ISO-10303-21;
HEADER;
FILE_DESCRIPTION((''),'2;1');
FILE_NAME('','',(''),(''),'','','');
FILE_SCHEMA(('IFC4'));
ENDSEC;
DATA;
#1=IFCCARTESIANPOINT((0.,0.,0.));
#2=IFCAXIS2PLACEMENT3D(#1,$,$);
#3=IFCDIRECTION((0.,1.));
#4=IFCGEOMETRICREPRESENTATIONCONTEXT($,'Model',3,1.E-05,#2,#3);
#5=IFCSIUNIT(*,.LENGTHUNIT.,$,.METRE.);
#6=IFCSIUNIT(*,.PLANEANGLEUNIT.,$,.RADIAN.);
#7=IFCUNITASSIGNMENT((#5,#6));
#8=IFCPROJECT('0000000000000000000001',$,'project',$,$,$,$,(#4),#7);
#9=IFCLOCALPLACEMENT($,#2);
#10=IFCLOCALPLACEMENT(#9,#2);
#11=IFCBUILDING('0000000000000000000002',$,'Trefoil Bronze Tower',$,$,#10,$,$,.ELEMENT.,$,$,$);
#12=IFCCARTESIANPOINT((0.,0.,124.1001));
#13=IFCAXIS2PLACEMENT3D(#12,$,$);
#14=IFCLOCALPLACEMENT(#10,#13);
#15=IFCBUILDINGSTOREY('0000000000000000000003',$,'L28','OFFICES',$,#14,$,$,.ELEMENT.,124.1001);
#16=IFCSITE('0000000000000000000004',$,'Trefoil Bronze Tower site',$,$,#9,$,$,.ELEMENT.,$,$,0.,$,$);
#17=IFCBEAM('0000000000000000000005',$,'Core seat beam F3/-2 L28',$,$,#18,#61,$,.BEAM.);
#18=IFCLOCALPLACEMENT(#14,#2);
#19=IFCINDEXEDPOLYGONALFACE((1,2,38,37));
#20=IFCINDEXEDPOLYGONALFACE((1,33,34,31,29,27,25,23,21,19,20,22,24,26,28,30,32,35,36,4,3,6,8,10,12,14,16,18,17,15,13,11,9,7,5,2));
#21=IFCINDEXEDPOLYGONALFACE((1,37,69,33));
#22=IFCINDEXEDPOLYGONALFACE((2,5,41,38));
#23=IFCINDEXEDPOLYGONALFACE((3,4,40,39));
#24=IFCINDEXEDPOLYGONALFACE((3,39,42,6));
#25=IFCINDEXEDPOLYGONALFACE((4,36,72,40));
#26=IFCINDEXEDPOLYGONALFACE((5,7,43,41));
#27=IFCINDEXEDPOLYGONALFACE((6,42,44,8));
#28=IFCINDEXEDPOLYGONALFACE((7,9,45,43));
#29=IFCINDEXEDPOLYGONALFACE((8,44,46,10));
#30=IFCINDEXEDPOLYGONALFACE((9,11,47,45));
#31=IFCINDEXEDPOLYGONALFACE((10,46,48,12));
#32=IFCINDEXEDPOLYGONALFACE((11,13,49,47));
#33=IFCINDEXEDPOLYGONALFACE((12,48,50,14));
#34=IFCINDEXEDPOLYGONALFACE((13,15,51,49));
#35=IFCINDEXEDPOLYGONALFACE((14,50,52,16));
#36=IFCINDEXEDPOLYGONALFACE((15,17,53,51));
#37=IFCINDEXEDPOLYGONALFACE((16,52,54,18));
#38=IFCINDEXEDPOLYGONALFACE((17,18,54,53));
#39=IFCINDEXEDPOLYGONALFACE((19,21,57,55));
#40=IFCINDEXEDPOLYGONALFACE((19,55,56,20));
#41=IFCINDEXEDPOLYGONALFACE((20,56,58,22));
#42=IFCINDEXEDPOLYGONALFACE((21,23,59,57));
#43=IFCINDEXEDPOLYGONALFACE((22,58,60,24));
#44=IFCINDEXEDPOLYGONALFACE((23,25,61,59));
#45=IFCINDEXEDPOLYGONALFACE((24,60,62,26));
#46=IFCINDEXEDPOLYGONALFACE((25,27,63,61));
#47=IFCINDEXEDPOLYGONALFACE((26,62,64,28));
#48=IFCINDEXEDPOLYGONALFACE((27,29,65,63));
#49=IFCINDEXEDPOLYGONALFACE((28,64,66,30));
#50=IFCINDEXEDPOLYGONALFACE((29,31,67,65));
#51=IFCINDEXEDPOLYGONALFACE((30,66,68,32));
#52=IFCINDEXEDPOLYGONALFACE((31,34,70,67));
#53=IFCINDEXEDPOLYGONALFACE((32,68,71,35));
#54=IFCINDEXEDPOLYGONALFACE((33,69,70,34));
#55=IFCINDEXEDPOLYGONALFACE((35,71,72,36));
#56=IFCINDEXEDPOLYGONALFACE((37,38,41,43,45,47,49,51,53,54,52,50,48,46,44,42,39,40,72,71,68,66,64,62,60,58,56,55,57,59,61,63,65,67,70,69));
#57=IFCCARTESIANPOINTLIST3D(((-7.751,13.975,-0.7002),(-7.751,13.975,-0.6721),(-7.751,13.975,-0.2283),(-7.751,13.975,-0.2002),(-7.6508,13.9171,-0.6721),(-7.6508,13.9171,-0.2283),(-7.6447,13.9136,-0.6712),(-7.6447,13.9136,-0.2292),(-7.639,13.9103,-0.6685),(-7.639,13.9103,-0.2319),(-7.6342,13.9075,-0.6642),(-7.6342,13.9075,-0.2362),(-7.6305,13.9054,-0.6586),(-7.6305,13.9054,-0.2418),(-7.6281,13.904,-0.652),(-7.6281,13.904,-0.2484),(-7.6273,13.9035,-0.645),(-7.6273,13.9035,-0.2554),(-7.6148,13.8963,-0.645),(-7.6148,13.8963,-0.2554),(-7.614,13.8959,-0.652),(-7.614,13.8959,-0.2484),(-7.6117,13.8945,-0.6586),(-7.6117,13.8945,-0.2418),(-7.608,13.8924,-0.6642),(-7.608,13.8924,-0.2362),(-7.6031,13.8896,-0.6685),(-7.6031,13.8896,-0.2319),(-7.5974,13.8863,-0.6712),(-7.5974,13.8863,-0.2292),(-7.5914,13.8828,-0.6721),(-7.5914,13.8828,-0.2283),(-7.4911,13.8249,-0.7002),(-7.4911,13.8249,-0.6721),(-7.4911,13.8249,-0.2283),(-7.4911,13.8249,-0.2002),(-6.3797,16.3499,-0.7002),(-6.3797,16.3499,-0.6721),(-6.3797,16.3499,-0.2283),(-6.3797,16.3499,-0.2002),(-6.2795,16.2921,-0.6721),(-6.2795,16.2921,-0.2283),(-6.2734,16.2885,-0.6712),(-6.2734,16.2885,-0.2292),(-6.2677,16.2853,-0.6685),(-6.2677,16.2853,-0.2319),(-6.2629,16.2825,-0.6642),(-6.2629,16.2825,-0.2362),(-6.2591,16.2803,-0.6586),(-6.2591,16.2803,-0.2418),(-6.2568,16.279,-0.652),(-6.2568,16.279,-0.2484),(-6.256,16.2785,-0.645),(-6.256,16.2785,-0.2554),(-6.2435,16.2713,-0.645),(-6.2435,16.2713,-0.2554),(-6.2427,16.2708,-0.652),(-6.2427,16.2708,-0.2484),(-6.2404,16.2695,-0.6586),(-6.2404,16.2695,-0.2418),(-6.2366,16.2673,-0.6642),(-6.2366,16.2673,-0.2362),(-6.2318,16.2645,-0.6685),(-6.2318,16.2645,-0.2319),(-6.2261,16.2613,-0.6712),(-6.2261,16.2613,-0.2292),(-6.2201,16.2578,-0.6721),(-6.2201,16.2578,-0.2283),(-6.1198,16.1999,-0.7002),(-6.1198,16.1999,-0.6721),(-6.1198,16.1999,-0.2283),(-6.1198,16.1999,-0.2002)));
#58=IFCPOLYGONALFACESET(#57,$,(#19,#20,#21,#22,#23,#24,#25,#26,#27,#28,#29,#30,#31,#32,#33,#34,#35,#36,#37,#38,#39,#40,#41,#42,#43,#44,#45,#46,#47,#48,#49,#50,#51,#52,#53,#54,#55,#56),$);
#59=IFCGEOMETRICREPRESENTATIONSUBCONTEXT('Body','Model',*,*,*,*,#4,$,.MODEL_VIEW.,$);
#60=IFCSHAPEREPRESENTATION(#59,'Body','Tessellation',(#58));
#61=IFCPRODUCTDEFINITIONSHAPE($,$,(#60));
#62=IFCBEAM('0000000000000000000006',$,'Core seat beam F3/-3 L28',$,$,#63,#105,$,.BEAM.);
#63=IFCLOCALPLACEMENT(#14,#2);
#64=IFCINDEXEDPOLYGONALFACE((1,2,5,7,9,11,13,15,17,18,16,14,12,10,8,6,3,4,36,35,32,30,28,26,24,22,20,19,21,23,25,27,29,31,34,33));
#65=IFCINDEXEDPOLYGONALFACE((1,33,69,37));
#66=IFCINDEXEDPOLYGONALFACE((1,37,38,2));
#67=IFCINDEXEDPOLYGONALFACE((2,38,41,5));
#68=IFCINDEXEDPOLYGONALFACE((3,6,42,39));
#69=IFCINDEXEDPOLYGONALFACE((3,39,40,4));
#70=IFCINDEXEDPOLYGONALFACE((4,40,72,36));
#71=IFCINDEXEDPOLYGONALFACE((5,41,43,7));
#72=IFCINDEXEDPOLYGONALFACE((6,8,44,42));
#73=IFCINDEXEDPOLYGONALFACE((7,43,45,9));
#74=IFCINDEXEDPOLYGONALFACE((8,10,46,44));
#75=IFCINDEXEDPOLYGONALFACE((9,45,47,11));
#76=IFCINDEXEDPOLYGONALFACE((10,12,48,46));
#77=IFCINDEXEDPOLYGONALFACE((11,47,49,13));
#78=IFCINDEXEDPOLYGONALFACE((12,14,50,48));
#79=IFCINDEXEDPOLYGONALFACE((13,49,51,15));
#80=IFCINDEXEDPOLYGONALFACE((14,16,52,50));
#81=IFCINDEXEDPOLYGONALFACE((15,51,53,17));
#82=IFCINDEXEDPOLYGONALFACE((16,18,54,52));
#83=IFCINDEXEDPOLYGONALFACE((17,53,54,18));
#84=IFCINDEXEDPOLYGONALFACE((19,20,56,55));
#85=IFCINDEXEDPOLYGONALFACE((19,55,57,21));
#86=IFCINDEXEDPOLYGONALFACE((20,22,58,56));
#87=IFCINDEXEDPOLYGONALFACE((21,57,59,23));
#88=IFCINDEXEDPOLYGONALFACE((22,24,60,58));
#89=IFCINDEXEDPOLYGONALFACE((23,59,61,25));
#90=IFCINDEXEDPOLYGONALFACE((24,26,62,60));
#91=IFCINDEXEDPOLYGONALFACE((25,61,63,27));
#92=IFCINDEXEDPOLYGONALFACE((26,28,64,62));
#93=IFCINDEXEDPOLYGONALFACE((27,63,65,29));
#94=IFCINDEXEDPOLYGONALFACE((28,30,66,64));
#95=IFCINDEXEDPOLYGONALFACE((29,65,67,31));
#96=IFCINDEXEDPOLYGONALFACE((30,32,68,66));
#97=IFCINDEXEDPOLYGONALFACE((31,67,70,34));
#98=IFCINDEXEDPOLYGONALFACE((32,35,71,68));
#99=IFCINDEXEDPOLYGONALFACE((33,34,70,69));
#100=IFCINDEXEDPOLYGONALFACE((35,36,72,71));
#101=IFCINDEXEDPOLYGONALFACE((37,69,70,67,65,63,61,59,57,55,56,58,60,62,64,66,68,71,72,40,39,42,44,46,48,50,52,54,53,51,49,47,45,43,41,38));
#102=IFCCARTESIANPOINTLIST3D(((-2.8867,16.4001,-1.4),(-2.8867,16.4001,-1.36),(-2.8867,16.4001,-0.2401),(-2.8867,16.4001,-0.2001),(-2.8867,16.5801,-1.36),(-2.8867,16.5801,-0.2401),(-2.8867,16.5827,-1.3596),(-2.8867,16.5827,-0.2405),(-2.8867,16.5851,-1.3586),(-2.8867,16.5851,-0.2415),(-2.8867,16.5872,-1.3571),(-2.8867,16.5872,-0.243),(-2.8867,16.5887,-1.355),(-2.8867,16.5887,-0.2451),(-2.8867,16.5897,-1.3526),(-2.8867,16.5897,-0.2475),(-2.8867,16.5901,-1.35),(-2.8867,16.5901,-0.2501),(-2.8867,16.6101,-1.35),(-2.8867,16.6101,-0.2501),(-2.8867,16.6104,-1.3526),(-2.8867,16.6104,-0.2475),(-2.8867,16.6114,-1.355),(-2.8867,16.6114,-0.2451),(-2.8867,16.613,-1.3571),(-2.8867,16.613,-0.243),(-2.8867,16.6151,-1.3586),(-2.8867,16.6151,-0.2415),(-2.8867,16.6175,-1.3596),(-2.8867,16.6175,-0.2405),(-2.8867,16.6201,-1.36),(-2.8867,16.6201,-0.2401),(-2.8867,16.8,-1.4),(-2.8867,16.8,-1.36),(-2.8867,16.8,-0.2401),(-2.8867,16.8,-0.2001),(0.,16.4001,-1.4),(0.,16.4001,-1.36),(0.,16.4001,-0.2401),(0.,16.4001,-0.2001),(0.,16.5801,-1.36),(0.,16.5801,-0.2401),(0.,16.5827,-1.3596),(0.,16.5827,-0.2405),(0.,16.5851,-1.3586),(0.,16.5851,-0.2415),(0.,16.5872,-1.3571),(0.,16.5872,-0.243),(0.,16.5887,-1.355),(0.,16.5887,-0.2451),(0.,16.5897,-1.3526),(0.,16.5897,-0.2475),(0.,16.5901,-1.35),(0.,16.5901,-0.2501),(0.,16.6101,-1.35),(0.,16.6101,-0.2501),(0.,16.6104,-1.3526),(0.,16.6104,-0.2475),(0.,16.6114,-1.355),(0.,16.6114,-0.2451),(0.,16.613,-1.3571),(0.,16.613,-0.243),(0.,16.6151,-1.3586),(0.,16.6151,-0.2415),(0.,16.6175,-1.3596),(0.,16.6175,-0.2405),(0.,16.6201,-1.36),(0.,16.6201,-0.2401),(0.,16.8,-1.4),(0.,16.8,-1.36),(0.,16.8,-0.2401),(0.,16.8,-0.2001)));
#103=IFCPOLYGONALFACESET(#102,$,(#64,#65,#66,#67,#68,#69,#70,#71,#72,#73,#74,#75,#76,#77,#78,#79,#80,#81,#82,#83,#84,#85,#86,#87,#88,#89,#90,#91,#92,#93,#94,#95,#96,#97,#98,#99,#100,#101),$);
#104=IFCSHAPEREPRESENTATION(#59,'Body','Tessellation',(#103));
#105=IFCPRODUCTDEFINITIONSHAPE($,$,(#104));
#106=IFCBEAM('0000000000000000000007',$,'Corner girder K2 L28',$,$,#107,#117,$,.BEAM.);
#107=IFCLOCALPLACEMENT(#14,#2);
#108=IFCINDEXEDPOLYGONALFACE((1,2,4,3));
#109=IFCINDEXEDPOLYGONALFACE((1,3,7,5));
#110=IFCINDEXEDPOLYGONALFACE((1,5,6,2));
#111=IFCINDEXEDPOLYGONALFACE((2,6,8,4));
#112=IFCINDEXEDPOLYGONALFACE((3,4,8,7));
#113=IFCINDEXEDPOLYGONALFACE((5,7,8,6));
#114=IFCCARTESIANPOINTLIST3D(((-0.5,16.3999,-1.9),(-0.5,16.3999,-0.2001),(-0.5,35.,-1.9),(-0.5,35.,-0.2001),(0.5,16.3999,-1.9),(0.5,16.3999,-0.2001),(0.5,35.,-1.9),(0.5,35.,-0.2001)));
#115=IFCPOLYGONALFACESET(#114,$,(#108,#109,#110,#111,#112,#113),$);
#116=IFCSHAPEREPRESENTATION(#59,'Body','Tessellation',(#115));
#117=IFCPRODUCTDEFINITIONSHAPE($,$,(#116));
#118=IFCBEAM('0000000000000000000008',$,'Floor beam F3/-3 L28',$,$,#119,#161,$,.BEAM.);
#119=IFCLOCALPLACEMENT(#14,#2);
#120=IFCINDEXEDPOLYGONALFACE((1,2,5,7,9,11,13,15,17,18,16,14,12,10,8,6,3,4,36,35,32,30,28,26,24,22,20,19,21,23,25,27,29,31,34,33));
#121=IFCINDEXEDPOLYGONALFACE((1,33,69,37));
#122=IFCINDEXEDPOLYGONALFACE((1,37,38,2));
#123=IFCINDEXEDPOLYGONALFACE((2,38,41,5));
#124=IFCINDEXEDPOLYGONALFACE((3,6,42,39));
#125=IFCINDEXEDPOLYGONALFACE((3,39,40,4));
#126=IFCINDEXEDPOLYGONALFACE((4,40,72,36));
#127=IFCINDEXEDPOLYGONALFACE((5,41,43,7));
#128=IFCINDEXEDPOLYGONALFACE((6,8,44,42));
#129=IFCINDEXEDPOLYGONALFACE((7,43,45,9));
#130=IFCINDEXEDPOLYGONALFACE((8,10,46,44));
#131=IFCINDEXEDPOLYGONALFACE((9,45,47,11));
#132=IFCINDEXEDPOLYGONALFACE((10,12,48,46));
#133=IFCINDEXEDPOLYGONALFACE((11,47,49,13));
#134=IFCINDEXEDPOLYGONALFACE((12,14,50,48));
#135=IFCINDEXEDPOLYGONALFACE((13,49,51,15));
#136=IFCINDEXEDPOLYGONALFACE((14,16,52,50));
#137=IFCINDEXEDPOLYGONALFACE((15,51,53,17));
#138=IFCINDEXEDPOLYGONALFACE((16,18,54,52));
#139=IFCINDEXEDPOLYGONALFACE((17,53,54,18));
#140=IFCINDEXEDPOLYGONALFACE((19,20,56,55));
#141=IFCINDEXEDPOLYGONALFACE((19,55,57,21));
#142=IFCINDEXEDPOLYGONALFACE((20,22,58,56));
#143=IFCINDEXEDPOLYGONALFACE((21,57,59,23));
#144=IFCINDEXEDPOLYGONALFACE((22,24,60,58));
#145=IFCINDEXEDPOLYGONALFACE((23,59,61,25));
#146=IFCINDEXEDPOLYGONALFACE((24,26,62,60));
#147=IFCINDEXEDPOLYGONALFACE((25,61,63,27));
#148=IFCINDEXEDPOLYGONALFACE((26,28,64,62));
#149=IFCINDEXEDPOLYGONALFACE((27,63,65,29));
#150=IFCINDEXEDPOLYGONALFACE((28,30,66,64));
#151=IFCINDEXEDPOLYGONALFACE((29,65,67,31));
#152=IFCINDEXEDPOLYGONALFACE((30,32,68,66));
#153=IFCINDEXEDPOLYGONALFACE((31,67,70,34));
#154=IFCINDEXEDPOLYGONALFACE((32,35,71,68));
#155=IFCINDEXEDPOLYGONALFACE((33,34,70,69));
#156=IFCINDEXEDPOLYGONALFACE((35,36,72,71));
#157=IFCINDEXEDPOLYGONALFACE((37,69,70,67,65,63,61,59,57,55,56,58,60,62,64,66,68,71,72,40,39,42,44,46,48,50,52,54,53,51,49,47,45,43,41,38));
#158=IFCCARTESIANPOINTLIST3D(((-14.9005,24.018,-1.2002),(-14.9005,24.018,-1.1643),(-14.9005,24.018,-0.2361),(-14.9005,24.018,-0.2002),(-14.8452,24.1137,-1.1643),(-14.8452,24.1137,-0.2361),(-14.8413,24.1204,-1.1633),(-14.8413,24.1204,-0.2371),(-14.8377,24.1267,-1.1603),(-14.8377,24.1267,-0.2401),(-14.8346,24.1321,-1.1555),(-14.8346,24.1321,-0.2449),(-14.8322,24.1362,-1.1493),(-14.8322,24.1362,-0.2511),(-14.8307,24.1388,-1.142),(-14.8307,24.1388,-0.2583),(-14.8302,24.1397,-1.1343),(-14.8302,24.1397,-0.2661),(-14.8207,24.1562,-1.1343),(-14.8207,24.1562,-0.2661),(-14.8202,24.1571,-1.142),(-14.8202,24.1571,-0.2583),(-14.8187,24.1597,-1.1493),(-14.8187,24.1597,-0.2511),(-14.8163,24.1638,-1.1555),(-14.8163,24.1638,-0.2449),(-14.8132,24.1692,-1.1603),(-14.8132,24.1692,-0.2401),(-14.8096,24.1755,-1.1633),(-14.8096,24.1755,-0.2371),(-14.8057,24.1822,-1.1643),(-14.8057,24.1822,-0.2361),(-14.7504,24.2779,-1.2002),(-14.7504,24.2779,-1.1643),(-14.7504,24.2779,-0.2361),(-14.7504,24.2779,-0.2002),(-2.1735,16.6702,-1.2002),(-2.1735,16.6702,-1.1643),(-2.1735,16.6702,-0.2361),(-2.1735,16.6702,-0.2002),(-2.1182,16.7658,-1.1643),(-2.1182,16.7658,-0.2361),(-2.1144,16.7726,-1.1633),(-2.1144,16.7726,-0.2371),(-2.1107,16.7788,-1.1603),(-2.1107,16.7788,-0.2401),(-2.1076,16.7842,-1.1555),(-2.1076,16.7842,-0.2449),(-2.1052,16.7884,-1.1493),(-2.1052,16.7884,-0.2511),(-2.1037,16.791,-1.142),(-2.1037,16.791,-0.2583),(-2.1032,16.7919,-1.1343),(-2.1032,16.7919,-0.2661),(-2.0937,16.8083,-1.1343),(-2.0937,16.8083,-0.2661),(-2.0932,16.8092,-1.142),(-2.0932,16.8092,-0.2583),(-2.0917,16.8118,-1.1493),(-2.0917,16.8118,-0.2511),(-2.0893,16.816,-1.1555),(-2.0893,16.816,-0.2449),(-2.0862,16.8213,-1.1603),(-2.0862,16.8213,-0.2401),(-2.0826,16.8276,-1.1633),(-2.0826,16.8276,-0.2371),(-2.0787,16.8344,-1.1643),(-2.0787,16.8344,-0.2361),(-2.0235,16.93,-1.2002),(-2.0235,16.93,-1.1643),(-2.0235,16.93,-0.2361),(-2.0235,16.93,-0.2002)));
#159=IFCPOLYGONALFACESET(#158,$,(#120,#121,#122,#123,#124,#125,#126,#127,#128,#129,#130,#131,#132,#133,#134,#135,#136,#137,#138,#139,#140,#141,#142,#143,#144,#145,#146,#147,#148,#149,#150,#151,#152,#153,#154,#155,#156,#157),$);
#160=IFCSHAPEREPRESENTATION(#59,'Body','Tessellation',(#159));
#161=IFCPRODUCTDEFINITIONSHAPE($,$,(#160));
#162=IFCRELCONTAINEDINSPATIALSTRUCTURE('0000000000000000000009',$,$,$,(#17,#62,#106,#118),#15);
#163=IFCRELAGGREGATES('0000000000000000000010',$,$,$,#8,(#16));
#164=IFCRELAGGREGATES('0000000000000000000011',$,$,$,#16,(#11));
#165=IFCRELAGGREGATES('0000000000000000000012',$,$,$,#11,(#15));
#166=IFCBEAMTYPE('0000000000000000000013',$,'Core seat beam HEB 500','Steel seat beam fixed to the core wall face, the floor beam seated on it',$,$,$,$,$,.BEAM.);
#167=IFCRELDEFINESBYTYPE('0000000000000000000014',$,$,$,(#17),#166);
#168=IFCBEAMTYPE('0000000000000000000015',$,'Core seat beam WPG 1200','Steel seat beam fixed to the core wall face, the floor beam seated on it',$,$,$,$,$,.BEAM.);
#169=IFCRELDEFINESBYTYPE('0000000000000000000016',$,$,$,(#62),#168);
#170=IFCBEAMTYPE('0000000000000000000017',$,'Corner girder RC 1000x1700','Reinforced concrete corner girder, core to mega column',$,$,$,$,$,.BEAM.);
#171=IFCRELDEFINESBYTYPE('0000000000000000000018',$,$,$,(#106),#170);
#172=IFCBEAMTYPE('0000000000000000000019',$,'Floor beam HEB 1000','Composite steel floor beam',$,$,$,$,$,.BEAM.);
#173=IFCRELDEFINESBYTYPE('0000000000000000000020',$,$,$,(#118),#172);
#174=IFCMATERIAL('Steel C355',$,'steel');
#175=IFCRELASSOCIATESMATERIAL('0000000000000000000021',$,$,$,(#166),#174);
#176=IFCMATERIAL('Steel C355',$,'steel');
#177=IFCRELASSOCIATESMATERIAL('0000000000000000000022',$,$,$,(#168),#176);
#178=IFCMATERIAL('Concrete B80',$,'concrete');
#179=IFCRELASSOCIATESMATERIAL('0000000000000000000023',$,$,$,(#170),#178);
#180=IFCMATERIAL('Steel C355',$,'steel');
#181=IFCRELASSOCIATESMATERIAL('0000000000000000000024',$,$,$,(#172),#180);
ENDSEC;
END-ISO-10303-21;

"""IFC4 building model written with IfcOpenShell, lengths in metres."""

from ifc_helpers import new_model, si_unit, direction, frame, origin, origin_2d, place, context, subcontext, project, spatial, rectangle, i_section, extrude, material, material_profile, profile_set, type_object, element, save


model = new_model("IFC4")

# Units and contexts
model_context = context("Model", 3, precision=1e-05, world=origin(), true_north=direction((0.0, 1.0)))
body_context = subcontext(model_context, "Body", "Model", "MODEL_VIEW")
ifc_project = project(units=[si_unit("LENGTHUNIT", "METRE"), si_unit("PLANEANGLEUNIT", "RADIAN")], contexts=[model_context])

# Site, building, storey
site_placement = place(None, origin())
site = spatial("IfcSite", under=ifc_project, at=site_placement, Name="Trefoil Bronze Tower site", CompositionType="ELEMENT", RefElevation=0.0)
building_placement = place(site_placement, origin())
building = spatial("IfcBuilding", under=site, at=building_placement, Name="Trefoil Bronze Tower", CompositionType="ELEMENT")
storey_placement = place(building_placement, frame((0.0, 0.0, 124.1001)))
storey = spatial("IfcBuildingStorey", under=building, at=storey_placement, Name="L28", Description="OFFICES", CompositionType="ELEMENT", Elevation=124.1001)

# Beams
ifc_material_1 = material(Name="Steel C355", Category="steel")
ifc_material_profile_1 = material_profile(ifc_material_1, i_section(OverallWidth=0.3, OverallDepth=0.5, WebThickness=0.0144, FlangeThickness=0.0281, FilletRadius=0.0271, at=origin_2d()), Name="HEB 500")
ifc_profile_set_1 = profile_set([ifc_material_profile_1], Name="Steel C355")
beam_type_1 = type_object("IfcBeamType", Name="Core seat beam HEB 500", Description="Steel seat beam fixed to the core wall face, the floor beam seated on it", PredefinedType="BEAM", material=ifc_profile_set_1)
beam_1_placement = place(storey_placement, frame((-6.2498, 16.2749, -0.4502), z_axis=(-0.500036, -0.866005, 0.0), x_axis=(0.866005, -0.500036, 0.0)))
element("IfcBeam", 1, at=beam_1_placement, inside=storey, type_object=beam_type_1, Name="Core seat beam F3/-2 L28", PredefinedType="BEAM", context=body_context, shape_type="SweptSolid", body=[
    extrude(i_section(OverallWidth=0.3, OverallDepth=0.5, WebThickness=0.0144, FlangeThickness=0.0281, FilletRadius=0.0271, at=origin_2d()), origin(), (0.0, 0.0, 1.0), 2.7424),
])
ifc_material_2 = material(Name="Steel C355", Category="steel")
ifc_material_profile_2 = material_profile(ifc_material_2, i_section(OverallWidth=0.3999, OverallDepth=1.2, WebThickness=0.02, FlangeThickness=0.04, FilletRadius=0.01, at=origin_2d()), Name="WPG 1200")
ifc_profile_set_2 = profile_set([ifc_material_profile_2], Name="Steel C355")
beam_type_2 = type_object("IfcBeamType", Name="Core seat beam WPG 1200", Description="Steel seat beam fixed to the core wall face, the floor beam seated on it", PredefinedType="BEAM", material=ifc_profile_set_2)
beam_2_placement = place(storey_placement, frame((0.0, 16.6001, -0.8), z_axis=(-1.0, 0.0, 0.0), x_axis=(0.0, -1.0, 0.0)))
element("IfcBeam", 2, at=beam_2_placement, inside=storey, type_object=beam_type_2, Name="Core seat beam F3/-3 L28", PredefinedType="BEAM", context=body_context, shape_type="SweptSolid", body=[
    extrude(i_section(OverallWidth=0.3999, OverallDepth=1.2, WebThickness=0.02, FlangeThickness=0.04, FilletRadius=0.01, at=origin_2d()), origin(), (0.0, 0.0, 1.0), 2.8867),
])
ifc_material_3 = material(Name="Concrete B80", Category="concrete")
ifc_material_profile_3 = material_profile(ifc_material_3, rectangle(XDim=1.0, YDim=1.7, at=origin_2d()), Name="RC 1000x1700")
ifc_profile_set_3 = profile_set([ifc_material_profile_3], Name="Concrete B80")
beam_type_3 = type_object("IfcBeamType", Name="Corner girder RC 1000x1700", Description="Reinforced concrete corner girder, core to mega column", PredefinedType="BEAM", material=ifc_profile_set_3)
beam_3_placement = place(storey_placement, frame((0.0, 16.3999, -1.05), z_axis=(0.0, 1.0, 0.0), x_axis=(-1.0, 0.0, 0.0)))
element("IfcBeam", 3, at=beam_3_placement, inside=storey, type_object=beam_type_3, Name="Corner girder K2 L28", PredefinedType="BEAM", context=body_context, shape_type="SweptSolid", body=[
    extrude(rectangle(XDim=1.0, YDim=1.7, at=origin_2d()), origin(), (0.0, 0.0, 1.0), 18.6001),
])
ifc_material_4 = material(Name="Steel C355", Category="steel")
ifc_material_profile_4 = material_profile(ifc_material_4, i_section(OverallWidth=0.3, OverallDepth=1.0, WebThickness=0.019, FlangeThickness=0.0359, FilletRadius=0.03, at=origin_2d()), Name="HEB 1000")
ifc_profile_set_4 = profile_set([ifc_material_profile_4], Name="Steel C355")
beam_type_4 = type_object("IfcBeamType", Name="Floor beam HEB 1000", Description="Composite steel floor beam", PredefinedType="BEAM", material=ifc_profile_set_4)
beam_4_placement = place(storey_placement, frame((-14.8254, 24.1479, -0.7002), z_axis=(0.866027, -0.499997, 0.0), x_axis=(0.499997, 0.866027, 0.0)))
element("IfcBeam", 4, at=beam_4_placement, inside=storey, type_object=beam_type_4, Name="Floor beam F3/-3 L28", PredefinedType="BEAM", context=body_context, shape_type="SweptSolid", body=[
    extrude(i_section(OverallWidth=0.3, OverallDepth=1.0, WebThickness=0.019, FlangeThickness=0.0359, FilletRadius=0.03, at=origin_2d()), origin(), (0.0, 0.0, 1.0), 14.6958),
])

save(model, "model.ifc")
